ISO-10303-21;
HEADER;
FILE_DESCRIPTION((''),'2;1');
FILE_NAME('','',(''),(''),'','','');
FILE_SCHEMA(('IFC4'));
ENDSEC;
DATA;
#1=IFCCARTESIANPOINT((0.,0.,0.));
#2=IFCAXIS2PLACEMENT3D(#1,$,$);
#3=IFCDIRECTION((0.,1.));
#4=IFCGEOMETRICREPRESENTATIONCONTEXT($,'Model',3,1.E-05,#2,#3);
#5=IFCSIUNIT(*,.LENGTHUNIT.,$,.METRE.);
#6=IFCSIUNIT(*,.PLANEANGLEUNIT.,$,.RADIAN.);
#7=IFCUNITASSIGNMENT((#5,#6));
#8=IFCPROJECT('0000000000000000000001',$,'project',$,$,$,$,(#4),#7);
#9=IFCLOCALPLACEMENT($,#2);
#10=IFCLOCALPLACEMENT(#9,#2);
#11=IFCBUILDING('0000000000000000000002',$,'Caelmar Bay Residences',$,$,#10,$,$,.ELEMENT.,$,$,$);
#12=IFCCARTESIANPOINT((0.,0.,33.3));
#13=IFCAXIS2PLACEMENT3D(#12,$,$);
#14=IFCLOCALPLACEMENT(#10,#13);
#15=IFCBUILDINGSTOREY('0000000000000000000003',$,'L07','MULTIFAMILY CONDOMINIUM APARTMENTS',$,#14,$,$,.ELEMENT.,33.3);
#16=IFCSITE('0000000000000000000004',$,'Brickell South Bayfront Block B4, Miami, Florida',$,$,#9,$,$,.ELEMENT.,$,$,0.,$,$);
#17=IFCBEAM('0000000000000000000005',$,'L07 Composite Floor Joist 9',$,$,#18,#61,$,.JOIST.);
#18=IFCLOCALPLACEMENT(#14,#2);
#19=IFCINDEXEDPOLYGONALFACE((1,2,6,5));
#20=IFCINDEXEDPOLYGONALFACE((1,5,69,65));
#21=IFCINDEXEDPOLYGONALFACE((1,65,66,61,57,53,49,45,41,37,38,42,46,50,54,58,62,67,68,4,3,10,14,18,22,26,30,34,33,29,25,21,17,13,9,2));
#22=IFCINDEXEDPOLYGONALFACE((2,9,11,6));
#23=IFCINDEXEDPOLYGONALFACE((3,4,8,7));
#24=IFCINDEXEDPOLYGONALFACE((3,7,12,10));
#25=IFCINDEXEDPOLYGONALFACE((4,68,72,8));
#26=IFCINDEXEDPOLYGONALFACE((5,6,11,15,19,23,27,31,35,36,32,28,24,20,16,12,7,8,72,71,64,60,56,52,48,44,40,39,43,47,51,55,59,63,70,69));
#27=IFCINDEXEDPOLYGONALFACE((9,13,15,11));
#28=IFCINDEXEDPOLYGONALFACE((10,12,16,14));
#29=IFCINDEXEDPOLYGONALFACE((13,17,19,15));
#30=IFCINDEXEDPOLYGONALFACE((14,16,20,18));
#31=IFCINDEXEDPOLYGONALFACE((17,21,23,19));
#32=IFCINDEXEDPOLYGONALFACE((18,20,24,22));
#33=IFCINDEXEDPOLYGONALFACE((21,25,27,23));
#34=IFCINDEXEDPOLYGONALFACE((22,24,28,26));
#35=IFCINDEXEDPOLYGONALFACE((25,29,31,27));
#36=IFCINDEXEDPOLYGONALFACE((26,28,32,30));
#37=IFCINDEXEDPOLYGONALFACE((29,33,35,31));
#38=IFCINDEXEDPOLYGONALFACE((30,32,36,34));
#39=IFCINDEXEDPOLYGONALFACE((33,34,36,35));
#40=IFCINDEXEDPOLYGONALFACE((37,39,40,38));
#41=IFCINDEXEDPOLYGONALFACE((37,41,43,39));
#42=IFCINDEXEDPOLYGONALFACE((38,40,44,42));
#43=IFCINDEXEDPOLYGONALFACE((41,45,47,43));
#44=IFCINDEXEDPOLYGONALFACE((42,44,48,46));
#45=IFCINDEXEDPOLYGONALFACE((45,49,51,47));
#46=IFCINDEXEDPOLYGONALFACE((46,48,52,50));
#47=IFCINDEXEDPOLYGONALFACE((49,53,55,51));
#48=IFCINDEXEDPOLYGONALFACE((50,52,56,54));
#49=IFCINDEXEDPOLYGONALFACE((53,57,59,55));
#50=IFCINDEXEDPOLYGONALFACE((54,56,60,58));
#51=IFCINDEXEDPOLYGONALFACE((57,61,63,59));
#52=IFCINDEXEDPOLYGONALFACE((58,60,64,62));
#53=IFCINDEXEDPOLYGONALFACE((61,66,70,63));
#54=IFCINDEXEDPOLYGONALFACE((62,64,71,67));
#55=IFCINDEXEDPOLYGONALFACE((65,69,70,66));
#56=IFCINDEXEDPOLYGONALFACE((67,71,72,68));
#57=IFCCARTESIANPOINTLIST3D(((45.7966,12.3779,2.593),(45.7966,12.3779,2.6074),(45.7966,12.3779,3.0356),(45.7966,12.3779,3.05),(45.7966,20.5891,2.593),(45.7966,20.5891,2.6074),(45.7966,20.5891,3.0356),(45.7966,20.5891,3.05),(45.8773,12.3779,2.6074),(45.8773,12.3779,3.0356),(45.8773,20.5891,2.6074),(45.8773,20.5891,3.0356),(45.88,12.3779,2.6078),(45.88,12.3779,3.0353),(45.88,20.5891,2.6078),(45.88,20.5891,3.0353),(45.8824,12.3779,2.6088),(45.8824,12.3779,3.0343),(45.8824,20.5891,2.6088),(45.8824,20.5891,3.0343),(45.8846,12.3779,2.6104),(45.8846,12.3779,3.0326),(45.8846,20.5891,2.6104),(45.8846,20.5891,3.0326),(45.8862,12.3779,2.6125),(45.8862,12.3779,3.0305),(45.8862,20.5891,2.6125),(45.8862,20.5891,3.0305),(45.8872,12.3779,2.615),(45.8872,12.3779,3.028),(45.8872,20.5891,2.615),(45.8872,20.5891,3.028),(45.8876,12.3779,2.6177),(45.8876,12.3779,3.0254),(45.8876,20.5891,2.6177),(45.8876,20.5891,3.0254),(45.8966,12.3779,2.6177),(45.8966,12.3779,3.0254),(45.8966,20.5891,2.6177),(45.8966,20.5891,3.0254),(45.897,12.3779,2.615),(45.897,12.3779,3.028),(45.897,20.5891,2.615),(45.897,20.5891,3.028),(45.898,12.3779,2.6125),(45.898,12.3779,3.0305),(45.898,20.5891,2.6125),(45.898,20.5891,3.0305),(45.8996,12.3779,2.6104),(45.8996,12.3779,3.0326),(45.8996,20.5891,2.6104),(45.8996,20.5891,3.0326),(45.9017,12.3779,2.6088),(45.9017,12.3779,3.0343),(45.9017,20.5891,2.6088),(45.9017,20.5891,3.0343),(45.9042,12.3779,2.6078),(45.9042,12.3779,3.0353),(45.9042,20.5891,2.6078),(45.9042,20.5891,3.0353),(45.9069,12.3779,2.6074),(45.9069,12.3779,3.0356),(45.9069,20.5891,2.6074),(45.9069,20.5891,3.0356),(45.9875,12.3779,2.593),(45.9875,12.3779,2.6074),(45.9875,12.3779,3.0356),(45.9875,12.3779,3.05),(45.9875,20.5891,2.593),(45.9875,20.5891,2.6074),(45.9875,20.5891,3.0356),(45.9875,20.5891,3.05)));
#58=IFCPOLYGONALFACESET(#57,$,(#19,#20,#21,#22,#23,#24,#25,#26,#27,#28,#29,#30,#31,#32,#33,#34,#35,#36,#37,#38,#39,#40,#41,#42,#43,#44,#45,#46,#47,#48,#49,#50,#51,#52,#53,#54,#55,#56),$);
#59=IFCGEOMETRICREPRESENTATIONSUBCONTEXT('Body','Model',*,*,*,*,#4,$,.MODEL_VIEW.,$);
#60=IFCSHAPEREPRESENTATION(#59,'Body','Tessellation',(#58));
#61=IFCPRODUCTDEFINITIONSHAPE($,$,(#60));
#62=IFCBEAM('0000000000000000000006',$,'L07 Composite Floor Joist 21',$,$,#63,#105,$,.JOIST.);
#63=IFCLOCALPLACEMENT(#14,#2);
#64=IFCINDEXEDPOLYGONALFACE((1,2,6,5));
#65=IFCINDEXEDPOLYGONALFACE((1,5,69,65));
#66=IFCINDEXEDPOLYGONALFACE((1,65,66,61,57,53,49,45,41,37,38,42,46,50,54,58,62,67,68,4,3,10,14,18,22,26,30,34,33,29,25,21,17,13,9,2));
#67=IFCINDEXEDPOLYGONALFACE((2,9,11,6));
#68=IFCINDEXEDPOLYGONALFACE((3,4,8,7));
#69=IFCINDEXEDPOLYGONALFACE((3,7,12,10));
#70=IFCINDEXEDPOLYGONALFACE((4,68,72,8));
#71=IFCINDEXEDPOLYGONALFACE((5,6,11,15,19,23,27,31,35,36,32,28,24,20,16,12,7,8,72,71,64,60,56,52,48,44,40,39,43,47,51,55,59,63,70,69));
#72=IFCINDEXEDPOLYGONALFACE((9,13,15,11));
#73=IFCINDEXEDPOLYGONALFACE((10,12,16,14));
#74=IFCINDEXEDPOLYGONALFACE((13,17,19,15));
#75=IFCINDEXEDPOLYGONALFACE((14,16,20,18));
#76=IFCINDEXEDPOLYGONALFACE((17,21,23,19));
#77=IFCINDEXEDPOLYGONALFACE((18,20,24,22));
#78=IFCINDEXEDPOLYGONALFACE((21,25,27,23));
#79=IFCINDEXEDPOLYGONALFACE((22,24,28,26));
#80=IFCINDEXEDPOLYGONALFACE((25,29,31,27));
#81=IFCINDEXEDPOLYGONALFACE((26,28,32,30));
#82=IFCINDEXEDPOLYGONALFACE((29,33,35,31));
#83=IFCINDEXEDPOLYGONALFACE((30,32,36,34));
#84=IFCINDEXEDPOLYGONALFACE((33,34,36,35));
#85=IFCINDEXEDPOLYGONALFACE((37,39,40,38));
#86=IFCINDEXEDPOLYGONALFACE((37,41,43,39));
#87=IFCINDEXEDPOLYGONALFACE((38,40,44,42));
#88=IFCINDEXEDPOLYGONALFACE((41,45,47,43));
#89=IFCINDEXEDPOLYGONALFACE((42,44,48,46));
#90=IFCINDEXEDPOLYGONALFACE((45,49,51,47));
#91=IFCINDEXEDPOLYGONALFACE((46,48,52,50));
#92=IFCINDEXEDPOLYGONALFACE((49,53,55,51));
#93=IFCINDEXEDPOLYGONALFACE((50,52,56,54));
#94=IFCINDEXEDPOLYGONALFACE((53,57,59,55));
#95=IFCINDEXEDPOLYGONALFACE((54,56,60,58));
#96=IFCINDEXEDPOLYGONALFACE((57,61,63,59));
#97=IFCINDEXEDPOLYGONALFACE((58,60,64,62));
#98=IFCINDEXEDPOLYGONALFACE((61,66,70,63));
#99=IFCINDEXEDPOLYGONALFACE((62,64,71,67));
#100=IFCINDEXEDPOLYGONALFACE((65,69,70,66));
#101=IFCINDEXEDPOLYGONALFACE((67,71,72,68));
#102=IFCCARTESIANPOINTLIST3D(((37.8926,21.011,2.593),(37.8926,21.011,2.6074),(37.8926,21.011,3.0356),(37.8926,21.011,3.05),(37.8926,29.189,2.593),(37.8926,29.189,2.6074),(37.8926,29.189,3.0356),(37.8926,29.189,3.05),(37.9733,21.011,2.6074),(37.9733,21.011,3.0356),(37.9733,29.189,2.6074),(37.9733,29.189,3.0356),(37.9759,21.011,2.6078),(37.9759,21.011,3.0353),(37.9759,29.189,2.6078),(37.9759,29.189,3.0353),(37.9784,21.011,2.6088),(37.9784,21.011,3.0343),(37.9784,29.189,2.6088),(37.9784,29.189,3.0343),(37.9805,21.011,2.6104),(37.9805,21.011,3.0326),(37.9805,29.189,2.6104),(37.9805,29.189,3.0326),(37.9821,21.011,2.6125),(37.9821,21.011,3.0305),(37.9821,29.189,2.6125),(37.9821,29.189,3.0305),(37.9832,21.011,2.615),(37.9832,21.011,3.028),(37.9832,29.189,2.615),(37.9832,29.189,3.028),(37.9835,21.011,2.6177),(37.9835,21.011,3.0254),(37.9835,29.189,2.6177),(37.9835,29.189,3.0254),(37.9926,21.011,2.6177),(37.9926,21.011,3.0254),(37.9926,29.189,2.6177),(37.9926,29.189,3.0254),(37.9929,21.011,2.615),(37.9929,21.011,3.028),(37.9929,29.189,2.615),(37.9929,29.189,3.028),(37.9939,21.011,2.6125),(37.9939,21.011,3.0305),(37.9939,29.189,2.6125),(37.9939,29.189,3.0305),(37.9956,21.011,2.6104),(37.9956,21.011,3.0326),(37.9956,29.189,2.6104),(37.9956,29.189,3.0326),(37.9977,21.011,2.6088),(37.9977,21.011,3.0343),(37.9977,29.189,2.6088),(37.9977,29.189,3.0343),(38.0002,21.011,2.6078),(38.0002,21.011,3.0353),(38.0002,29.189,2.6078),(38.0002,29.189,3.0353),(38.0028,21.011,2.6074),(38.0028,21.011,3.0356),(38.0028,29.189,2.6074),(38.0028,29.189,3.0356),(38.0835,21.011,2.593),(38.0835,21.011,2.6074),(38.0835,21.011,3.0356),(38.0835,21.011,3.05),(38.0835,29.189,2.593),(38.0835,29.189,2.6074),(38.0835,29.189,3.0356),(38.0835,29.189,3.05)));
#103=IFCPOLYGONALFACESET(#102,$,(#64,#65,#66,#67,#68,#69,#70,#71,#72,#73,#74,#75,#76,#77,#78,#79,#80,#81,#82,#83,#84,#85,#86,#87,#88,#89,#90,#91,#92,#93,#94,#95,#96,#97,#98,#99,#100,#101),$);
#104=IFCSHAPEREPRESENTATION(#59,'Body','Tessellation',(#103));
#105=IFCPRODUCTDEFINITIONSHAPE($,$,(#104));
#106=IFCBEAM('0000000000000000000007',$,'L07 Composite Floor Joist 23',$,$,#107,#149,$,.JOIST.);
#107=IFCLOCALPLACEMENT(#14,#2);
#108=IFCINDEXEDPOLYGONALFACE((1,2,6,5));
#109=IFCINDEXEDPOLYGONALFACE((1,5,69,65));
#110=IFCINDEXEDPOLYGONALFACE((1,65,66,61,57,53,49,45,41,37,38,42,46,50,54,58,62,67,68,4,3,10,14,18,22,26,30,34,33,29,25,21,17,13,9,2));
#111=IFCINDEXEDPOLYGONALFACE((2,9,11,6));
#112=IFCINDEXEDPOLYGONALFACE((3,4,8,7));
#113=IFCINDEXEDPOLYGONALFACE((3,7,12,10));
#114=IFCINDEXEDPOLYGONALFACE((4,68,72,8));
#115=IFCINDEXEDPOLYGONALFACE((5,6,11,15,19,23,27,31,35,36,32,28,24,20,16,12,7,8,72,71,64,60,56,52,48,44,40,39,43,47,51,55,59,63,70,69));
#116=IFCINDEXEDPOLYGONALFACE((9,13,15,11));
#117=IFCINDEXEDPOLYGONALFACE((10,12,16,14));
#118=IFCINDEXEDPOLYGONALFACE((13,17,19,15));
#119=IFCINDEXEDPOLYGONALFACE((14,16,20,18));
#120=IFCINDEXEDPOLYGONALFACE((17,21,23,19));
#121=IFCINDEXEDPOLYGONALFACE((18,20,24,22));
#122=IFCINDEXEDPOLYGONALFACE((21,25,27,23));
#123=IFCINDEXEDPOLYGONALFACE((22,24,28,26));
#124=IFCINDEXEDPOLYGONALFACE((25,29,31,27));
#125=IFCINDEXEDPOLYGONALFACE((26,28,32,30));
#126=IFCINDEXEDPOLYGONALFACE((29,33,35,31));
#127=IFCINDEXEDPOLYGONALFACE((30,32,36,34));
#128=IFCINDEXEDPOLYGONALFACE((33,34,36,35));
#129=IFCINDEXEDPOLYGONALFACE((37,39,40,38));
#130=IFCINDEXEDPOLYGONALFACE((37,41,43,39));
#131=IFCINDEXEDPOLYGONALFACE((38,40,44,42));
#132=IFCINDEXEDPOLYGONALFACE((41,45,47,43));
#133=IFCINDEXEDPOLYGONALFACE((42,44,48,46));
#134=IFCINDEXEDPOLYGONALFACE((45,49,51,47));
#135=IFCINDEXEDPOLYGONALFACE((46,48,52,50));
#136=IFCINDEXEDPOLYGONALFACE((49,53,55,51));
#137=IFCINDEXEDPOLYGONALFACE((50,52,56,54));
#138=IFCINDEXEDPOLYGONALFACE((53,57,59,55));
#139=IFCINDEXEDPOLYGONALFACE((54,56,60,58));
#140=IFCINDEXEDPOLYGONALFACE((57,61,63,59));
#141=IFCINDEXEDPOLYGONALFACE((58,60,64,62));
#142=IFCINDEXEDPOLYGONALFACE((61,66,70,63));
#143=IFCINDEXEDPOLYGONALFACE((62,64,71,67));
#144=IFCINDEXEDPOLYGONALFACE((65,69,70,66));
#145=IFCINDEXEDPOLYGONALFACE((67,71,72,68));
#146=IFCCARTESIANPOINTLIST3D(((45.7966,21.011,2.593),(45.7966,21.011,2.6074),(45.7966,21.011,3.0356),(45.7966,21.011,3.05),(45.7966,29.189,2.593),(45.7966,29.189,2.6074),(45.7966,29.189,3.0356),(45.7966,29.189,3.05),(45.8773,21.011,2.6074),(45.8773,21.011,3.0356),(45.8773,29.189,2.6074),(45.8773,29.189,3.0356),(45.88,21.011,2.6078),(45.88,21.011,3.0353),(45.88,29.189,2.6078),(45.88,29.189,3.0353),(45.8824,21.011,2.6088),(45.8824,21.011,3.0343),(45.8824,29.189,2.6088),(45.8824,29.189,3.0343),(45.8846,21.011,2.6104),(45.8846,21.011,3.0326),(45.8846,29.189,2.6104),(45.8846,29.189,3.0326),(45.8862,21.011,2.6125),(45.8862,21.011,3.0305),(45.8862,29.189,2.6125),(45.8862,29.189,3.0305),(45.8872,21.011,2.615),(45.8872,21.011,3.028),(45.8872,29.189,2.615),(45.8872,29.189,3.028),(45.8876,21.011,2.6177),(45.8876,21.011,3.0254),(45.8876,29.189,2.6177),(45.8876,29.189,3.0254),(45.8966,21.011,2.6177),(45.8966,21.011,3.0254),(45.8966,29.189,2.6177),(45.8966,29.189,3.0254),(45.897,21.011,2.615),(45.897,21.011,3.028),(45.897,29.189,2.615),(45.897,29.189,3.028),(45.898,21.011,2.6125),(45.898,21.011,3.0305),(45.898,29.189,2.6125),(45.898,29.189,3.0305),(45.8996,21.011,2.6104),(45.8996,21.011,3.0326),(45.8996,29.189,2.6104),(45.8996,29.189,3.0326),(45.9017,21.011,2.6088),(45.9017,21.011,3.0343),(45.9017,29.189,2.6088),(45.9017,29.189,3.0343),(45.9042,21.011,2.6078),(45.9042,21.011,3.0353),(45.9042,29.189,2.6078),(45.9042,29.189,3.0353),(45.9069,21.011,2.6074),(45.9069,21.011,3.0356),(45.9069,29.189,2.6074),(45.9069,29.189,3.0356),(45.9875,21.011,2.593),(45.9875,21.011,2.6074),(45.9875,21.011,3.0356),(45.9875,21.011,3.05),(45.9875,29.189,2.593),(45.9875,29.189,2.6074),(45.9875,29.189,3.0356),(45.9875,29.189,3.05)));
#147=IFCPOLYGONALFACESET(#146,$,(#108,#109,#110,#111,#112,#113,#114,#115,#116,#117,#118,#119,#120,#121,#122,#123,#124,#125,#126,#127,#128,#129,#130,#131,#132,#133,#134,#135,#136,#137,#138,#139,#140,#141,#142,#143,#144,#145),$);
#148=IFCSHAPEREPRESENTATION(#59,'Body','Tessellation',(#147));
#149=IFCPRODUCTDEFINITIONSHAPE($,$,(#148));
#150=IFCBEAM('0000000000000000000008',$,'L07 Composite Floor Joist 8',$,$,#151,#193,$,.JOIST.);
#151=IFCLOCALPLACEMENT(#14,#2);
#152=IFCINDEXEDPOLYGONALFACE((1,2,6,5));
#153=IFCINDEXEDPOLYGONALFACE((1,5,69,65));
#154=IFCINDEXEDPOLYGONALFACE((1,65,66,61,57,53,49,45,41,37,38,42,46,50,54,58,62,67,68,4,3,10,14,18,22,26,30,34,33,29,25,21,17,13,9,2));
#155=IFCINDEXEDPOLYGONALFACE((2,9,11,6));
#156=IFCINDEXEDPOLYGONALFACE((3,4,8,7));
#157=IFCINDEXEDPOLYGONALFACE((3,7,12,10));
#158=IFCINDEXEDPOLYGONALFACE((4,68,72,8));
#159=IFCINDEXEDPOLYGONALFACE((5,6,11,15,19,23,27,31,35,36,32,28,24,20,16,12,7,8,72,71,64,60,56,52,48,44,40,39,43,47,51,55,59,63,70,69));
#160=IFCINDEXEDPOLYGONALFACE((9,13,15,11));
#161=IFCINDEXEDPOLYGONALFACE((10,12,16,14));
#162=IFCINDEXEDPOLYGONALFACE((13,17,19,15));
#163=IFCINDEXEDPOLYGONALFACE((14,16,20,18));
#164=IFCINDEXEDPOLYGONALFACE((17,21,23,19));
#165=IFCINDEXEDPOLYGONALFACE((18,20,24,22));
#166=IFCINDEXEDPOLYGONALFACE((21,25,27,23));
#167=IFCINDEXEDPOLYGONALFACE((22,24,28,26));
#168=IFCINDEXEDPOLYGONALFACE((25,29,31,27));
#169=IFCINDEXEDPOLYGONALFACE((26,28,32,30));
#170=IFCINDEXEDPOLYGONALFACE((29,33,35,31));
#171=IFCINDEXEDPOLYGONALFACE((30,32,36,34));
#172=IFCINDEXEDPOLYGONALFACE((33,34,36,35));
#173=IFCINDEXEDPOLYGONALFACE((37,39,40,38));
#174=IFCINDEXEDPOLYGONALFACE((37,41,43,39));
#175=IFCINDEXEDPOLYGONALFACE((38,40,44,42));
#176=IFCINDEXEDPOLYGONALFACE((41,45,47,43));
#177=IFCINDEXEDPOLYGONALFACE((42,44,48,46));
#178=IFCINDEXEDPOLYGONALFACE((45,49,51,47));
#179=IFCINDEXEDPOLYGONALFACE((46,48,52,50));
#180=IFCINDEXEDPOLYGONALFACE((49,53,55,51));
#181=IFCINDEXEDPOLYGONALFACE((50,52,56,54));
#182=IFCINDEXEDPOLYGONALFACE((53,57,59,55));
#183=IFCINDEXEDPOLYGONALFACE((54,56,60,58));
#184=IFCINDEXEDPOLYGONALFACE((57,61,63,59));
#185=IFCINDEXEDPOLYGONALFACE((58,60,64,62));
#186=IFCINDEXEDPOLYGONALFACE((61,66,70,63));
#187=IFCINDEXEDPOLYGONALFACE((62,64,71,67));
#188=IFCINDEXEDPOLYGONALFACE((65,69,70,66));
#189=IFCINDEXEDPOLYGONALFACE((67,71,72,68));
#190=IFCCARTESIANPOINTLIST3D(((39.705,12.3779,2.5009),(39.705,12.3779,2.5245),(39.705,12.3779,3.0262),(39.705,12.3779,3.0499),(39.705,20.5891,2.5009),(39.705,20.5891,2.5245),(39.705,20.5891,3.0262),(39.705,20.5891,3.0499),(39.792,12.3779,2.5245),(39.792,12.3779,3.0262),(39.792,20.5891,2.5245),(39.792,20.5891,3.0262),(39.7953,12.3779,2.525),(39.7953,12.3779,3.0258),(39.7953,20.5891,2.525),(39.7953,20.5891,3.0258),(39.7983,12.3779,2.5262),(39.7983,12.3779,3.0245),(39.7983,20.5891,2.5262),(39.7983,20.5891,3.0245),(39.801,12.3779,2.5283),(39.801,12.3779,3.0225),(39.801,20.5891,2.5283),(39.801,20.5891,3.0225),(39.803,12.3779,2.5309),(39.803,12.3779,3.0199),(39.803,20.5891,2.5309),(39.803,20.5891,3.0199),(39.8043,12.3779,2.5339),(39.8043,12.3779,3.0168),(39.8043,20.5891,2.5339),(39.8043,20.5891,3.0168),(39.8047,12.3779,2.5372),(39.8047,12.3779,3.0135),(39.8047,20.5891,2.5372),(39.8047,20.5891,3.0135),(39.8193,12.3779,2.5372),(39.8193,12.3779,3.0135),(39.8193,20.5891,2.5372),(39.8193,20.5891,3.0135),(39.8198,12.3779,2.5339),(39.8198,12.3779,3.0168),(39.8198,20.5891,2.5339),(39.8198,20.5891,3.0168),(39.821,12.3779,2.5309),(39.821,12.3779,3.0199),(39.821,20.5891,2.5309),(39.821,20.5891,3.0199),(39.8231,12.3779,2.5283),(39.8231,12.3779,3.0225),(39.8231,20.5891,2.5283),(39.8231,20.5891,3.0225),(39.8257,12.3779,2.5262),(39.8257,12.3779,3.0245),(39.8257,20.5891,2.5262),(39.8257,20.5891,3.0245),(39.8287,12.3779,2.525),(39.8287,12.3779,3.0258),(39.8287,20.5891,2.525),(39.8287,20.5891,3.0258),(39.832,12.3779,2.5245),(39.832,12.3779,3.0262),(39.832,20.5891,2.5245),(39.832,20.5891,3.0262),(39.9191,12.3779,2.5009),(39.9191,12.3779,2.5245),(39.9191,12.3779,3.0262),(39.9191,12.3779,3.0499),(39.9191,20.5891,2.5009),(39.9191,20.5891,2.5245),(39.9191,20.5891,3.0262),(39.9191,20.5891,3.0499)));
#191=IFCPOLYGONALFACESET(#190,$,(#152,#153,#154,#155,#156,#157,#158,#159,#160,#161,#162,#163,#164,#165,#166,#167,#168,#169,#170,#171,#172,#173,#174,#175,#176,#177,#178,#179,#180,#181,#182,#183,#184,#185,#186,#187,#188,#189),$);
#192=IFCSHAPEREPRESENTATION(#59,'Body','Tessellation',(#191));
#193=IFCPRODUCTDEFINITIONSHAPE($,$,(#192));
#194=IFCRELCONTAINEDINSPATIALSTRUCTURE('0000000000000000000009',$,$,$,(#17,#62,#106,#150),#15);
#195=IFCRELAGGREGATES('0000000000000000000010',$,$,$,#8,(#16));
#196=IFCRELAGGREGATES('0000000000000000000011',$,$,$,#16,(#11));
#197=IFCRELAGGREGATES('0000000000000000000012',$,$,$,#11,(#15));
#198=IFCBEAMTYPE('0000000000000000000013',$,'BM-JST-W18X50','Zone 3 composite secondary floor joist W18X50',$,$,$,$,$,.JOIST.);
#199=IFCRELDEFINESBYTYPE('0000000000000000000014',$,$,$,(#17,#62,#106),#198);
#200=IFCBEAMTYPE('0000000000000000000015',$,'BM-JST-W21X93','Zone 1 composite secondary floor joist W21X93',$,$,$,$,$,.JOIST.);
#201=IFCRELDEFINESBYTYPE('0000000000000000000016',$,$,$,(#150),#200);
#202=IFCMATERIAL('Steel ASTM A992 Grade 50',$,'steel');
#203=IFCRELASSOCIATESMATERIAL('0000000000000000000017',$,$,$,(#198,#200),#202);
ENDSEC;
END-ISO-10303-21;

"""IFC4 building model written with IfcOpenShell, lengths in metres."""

from ifc_helpers import new_model, si_unit, direction, frame, origin, origin_2d, place, context, subcontext, project, spatial, i_section, extrude, material, material_profile, profile_set, type_object, element, save


model = new_model("IFC4")

# Units and contexts
model_context = context("Model", 3, precision=1e-05, world=origin(), true_north=direction((0.0, 1.0)))
body_context = subcontext(model_context, "Body", "Model", "MODEL_VIEW")
ifc_project = project(units=[si_unit("LENGTHUNIT", "METRE"), si_unit("PLANEANGLEUNIT", "RADIAN")], contexts=[model_context])

# Site, building, storey
site_placement = place(None, origin())
site = spatial("IfcSite", under=ifc_project, at=site_placement, Name="Brickell South Bayfront Block B4, Miami, Florida", CompositionType="ELEMENT", RefElevation=0.0)
building_placement = place(site_placement, origin())
building = spatial("IfcBuilding", under=site, at=building_placement, Name="Caelmar Bay Residences", CompositionType="ELEMENT")
storey_placement = place(building_placement, frame((0.0, 0.0, 33.3)))
storey = spatial("IfcBuildingStorey", under=building, at=storey_placement, Name="L07", Description="MULTIFAMILY CONDOMINIUM APARTMENTS", CompositionType="ELEMENT", Elevation=33.3)

# Beams
ifc_material_1 = material(Name="Steel ASTM A992 Grade 50", Category="steel")
ifc_material_profile_1 = material_profile(ifc_material_1, i_section(OverallWidth=0.1909, OverallDepth=0.457, WebThickness=0.009, FlangeThickness=0.0144, FilletRadius=0.0103, at=origin_2d()), Name="W18X50")
ifc_profile_set_1 = profile_set([ifc_material_profile_1], Name="Steel ASTM A992 Grade 50")
beam_type_1 = type_object("IfcBeamType", Name="BM-JST-W18X50", Description="Zone 3 composite secondary floor joist W18X50", PredefinedType="JOIST", material=ifc_profile_set_1)
for number, where, z_axis, x_axis, name in (
    (1, (45.8921, 12.3779, 2.8215), (0.0, 1.0, 0.0), (-1.0, 0.0, 0.0), "L07 Composite Floor Joist 9"),
):
    element("IfcBeam", number, at=place(storey_placement, frame(where, z_axis=z_axis, x_axis=x_axis)), inside=storey, type_object=beam_type_1, Name=name, PredefinedType="JOIST", context=body_context, shape_type="SweptSolid", body=[
        extrude(i_section(OverallWidth=0.1909, OverallDepth=0.457, WebThickness=0.009, FlangeThickness=0.0144, FilletRadius=0.0103, at=origin_2d()), origin(), (0.0, 0.0, 1.0), 8.2112),
    ])
for number, where, z_axis, x_axis, name in (
    (2, (37.988, 21.011, 2.8215), (0.0, 1.0, 0.0), (-1.0, 0.0, 0.0), "L07 Composite Floor Joist 21"),
    (3, (45.8921, 21.011, 2.8215), (0.0, 1.0, 0.0), (-1.0, 0.0, 0.0), "L07 Composite Floor Joist 23"),
):
    element("IfcBeam", number, at=place(storey_placement, frame(where, z_axis=z_axis, x_axis=x_axis)), inside=storey, type_object=beam_type_1, Name=name, PredefinedType="JOIST", context=body_context, shape_type="SweptSolid", body=[
        extrude(i_section(OverallWidth=0.1909, OverallDepth=0.457, WebThickness=0.009, FlangeThickness=0.0144, FilletRadius=0.0103, at=origin_2d()), origin(), (0.0, 0.0, 1.0), 8.178),
    ])
ifc_material_profile_2 = material_profile(ifc_material_1, i_section(OverallWidth=0.2141, OverallDepth=0.5491, WebThickness=0.0146, FlangeThickness=0.0237, FilletRadius=0.0127, at=origin_2d()), Name="W21X93")
ifc_profile_set_2 = profile_set([ifc_material_profile_2], Name="Steel ASTM A992 Grade 50")
beam_type_2 = type_object("IfcBeamType", Name="BM-JST-W21X93", Description="Zone 1 composite secondary floor joist W21X93", PredefinedType="JOIST", material=ifc_profile_set_2)
for number, where, z_axis, x_axis, name in (
    (4, (39.812, 12.3779, 2.7754), (0.0, 1.0, 0.0), (-1.0, 0.0, 0.0), "L07 Composite Floor Joist 8"),
):
    element("IfcBeam", number, at=place(storey_placement, frame(where, z_axis=z_axis, x_axis=x_axis)), inside=storey, type_object=beam_type_2, Name=name, PredefinedType="JOIST", context=body_context, shape_type="SweptSolid", body=[
        extrude(i_section(OverallWidth=0.2141, OverallDepth=0.5491, WebThickness=0.0146, FlangeThickness=0.0237, FilletRadius=0.0127, at=origin_2d()), origin(), (0.0, 0.0, 1.0), 8.2112),
    ])

save(model, "model.ifc")
